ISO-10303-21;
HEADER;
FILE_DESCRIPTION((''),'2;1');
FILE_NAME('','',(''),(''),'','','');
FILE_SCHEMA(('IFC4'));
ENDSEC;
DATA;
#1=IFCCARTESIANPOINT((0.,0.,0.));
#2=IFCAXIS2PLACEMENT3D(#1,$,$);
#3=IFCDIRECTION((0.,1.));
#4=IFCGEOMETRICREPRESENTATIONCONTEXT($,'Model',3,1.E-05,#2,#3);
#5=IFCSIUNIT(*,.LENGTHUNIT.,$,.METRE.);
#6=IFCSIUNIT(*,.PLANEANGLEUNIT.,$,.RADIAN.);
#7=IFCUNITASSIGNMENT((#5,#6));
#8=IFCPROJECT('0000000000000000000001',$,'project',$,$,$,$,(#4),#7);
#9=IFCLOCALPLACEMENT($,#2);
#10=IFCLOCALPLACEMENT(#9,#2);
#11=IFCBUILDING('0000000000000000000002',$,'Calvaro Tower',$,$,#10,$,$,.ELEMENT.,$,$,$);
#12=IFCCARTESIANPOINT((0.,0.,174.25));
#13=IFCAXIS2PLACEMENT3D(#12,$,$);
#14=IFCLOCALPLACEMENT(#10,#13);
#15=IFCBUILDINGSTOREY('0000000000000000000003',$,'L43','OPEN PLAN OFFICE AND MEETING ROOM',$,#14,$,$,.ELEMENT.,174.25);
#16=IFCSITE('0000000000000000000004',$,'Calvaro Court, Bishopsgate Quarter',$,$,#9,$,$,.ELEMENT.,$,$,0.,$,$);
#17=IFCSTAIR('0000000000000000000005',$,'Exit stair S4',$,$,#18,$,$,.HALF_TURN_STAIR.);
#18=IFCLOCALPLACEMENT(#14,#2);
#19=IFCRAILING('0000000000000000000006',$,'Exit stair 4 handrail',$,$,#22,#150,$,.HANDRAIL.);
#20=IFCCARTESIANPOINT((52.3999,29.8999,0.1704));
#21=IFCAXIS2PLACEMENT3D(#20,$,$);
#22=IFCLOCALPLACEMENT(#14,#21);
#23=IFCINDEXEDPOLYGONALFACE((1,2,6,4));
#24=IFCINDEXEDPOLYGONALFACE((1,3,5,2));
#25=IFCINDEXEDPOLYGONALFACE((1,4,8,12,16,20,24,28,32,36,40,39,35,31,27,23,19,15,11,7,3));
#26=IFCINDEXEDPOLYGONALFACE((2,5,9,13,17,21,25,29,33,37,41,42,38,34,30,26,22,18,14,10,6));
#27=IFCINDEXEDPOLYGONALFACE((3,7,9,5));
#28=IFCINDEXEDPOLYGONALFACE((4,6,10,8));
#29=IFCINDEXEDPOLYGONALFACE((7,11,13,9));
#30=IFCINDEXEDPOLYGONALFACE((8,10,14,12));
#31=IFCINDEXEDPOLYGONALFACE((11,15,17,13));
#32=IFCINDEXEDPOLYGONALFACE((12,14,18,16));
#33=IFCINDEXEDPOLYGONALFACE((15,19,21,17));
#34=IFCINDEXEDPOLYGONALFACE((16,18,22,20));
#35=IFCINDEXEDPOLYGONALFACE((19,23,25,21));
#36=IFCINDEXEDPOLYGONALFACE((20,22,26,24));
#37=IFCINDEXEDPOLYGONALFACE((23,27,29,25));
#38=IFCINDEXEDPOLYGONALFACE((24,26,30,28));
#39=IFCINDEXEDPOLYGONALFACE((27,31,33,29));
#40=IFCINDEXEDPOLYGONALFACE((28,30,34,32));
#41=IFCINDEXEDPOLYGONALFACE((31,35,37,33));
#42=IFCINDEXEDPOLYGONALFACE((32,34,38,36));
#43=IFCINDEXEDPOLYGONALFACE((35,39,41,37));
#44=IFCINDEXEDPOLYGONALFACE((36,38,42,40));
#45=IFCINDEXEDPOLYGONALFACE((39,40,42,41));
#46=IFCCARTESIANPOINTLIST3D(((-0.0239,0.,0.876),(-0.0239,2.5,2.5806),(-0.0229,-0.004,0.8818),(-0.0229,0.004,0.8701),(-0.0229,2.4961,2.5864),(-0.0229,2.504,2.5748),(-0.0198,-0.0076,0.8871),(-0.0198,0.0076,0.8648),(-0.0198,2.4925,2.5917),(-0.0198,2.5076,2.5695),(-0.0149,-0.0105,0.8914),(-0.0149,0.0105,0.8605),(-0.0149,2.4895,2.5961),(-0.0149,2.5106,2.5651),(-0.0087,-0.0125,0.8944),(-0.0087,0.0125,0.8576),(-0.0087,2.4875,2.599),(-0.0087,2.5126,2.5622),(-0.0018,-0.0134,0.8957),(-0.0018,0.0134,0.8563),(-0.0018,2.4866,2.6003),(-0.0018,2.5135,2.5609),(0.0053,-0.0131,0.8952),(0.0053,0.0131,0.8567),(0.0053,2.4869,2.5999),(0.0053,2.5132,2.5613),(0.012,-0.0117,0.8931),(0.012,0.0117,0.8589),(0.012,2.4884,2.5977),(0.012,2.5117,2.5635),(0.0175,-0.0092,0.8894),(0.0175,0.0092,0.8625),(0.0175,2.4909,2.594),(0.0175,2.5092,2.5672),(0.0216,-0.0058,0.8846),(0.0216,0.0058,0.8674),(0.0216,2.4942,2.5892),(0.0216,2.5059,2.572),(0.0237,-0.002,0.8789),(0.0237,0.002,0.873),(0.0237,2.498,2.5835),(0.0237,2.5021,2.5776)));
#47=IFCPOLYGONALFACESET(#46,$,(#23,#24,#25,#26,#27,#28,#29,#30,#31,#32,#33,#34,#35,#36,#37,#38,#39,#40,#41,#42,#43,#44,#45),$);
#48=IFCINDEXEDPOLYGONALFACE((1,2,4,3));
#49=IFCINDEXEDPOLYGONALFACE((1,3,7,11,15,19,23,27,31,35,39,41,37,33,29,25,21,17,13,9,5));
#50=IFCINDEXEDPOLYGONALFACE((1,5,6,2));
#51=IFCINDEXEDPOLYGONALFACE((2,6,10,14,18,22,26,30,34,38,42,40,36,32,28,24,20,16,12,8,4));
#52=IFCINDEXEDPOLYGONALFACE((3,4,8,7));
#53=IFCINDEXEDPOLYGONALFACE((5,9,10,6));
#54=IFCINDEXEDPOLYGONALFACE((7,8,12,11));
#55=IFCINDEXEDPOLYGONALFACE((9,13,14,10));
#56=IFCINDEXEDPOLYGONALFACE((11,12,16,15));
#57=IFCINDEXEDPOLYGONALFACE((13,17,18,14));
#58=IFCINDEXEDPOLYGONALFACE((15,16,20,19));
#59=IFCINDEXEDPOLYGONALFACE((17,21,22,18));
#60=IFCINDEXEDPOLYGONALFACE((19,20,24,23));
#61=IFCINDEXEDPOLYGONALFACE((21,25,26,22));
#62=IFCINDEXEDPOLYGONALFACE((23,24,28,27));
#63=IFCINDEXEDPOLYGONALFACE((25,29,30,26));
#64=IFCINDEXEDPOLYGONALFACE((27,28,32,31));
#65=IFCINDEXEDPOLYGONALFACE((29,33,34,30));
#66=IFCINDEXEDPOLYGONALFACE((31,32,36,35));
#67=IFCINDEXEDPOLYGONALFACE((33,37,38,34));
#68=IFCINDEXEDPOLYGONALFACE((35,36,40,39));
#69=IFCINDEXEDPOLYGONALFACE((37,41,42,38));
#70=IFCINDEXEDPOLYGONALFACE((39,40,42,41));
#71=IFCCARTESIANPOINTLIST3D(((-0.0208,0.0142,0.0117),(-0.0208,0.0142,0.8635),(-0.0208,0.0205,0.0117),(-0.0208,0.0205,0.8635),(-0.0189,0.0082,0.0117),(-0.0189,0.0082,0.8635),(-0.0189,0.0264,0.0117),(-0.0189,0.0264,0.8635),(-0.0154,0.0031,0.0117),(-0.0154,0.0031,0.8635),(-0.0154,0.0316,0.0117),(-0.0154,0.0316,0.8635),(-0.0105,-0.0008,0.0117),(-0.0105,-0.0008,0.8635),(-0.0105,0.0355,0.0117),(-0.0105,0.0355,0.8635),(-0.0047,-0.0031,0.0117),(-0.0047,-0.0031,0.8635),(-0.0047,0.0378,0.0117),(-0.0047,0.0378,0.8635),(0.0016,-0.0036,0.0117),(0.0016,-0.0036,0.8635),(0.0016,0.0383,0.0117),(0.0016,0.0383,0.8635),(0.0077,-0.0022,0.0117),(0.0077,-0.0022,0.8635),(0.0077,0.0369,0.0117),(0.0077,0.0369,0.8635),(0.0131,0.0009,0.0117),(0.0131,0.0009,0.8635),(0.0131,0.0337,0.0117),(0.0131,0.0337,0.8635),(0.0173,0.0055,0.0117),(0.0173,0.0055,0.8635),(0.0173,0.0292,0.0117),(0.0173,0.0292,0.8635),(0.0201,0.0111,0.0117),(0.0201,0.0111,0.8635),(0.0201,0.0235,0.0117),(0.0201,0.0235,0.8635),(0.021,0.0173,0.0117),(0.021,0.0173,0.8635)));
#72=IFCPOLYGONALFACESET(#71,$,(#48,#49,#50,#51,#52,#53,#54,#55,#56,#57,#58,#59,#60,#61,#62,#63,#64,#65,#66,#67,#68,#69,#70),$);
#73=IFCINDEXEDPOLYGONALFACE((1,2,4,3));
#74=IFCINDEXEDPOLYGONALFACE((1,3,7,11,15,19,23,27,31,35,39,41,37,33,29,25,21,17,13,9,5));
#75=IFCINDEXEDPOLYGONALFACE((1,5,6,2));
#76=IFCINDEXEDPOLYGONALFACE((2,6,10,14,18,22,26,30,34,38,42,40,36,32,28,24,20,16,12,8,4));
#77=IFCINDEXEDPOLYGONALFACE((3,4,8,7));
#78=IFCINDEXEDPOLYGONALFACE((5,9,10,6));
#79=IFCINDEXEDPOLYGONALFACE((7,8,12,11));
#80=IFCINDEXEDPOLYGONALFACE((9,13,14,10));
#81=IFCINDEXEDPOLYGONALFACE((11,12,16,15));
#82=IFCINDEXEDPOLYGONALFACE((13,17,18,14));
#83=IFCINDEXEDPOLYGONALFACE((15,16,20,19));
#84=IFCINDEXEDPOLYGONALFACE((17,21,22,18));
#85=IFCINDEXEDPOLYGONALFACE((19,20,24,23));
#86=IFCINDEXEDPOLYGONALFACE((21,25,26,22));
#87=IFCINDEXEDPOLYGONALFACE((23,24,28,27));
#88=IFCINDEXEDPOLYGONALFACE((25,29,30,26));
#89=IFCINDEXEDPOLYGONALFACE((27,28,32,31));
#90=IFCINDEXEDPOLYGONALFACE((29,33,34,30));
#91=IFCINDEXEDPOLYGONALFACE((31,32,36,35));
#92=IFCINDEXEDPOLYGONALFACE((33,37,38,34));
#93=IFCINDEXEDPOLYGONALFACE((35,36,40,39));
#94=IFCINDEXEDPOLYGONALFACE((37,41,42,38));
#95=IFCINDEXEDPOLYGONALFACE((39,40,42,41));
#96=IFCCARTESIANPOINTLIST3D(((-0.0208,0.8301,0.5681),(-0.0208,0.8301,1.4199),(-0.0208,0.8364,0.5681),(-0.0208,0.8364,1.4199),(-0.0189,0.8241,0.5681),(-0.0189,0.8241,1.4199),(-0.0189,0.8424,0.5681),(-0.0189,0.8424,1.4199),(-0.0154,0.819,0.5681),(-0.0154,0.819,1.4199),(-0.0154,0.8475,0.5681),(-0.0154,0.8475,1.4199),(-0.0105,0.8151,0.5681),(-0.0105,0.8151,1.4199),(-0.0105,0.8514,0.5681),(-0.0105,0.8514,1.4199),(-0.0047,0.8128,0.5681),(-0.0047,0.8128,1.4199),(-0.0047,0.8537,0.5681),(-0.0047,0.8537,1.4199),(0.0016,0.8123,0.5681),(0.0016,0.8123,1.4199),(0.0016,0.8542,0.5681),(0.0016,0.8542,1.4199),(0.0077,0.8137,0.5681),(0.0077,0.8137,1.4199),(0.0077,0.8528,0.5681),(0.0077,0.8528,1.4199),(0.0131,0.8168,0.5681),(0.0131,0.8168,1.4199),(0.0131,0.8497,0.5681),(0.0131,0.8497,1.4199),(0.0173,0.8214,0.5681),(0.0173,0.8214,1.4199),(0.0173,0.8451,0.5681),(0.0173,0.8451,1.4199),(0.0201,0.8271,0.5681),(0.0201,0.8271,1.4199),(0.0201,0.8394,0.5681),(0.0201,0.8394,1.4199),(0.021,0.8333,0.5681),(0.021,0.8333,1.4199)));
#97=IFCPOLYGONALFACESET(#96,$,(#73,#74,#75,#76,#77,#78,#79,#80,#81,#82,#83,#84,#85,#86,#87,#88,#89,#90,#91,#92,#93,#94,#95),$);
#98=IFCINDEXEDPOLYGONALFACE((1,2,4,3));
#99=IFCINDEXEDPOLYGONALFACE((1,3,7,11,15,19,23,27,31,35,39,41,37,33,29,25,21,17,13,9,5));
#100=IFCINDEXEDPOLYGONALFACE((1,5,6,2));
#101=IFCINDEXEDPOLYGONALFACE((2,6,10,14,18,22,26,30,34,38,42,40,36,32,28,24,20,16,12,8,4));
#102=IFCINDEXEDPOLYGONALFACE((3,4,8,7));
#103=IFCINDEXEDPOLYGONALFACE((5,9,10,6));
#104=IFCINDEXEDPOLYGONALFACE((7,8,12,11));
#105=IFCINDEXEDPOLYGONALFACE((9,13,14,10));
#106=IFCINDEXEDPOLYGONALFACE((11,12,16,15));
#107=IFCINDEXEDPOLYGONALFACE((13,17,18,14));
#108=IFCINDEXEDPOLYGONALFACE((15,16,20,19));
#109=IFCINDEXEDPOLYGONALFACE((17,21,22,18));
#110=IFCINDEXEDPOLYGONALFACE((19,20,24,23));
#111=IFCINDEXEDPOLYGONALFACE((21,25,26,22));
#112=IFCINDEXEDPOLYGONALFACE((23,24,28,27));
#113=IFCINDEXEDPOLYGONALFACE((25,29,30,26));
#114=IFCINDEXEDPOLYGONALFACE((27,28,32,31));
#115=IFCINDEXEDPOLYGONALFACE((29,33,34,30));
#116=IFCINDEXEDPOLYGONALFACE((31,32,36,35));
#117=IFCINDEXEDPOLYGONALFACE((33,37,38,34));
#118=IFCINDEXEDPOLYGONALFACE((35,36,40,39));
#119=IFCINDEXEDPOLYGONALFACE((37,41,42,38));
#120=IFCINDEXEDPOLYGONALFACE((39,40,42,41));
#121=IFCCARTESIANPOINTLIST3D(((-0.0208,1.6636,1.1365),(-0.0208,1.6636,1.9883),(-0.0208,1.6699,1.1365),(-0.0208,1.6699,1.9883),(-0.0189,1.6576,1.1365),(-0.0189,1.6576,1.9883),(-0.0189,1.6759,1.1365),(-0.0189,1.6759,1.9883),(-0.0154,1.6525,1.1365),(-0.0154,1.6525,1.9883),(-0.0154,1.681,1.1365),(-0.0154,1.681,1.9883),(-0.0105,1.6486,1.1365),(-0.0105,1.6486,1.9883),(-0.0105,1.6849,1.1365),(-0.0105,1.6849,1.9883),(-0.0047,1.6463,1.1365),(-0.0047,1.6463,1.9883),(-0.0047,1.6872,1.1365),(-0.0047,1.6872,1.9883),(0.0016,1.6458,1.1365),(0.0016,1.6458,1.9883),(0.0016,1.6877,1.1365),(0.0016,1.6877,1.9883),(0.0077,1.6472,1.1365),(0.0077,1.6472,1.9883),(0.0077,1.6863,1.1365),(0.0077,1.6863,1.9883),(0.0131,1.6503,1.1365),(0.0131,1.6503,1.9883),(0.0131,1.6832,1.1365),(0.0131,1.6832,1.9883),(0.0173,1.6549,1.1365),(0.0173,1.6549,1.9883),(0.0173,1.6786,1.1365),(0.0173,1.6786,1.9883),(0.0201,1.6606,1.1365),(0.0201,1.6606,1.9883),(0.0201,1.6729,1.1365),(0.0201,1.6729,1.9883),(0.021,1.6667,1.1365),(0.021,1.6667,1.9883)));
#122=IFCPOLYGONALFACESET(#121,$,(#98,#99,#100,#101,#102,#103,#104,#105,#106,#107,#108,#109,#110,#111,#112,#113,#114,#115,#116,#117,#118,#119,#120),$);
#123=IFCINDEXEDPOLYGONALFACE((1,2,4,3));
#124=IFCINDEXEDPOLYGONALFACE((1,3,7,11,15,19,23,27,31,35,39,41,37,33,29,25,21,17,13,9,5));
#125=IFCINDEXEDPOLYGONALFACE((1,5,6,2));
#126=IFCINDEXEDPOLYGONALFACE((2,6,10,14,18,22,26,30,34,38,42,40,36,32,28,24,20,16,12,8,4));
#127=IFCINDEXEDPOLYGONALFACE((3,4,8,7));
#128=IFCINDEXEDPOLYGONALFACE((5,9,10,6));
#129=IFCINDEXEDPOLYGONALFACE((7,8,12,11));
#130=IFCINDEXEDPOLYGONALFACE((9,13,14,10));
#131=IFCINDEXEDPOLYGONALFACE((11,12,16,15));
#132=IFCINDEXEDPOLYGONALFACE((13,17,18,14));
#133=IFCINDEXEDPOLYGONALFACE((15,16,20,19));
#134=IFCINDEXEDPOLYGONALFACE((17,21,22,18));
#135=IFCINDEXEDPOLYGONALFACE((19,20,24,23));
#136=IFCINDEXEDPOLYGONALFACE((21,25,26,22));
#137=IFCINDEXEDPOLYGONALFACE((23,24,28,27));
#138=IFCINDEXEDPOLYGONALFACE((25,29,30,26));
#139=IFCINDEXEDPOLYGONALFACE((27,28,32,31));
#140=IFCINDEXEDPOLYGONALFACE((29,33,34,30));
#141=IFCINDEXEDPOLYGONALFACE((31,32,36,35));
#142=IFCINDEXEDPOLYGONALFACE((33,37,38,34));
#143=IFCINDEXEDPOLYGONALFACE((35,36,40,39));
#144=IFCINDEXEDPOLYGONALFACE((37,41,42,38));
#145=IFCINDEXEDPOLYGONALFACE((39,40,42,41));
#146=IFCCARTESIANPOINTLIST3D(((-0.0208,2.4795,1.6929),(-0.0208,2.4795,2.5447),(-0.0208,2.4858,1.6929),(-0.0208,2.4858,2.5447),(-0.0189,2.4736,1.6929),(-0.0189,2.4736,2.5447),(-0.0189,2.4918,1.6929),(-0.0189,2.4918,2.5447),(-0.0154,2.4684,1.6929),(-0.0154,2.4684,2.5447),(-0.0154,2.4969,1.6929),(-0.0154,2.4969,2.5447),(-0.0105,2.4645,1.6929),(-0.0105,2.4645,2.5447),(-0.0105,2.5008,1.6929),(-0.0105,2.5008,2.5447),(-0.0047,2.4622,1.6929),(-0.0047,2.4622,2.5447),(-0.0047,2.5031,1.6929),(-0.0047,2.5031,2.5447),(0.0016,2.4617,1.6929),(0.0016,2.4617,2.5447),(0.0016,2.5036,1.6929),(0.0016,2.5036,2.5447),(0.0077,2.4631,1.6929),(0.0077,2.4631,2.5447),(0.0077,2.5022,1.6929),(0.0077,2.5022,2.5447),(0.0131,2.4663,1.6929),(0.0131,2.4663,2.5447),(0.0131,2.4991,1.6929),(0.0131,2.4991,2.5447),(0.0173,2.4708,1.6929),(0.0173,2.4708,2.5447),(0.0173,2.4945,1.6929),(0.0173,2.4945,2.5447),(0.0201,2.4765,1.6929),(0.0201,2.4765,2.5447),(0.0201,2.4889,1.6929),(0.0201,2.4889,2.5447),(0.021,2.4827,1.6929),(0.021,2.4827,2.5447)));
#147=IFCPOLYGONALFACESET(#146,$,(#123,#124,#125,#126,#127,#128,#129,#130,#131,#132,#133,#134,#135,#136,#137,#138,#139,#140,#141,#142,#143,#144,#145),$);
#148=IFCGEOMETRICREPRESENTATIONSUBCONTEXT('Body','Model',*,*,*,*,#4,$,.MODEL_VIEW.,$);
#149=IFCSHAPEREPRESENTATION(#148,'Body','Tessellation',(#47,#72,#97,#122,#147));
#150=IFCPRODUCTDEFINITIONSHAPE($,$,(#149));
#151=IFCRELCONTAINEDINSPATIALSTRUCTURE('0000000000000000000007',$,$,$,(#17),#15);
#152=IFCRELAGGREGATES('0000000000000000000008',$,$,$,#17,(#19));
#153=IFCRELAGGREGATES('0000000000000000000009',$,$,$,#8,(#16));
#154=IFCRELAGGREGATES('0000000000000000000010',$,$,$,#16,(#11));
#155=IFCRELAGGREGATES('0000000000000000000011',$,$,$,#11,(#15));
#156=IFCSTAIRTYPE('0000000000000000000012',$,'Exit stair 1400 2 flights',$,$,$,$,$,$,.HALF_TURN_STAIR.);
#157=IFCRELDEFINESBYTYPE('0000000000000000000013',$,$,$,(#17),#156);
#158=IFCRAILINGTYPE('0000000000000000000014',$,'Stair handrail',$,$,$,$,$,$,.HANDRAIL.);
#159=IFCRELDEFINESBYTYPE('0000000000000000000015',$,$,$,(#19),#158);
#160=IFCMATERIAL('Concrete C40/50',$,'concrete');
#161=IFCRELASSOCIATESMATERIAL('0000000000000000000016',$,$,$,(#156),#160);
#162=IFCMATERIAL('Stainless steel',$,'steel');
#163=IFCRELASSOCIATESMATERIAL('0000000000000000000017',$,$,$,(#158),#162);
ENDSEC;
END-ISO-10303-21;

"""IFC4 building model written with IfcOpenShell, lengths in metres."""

from ifc_helpers import new_model, si_unit, direction, frame, origin, origin_2d, place, context, subcontext, project, spatial, circle, extrude, material, type_object, element, aggregate, save


model = new_model("IFC4")

# Units and contexts
model_context = context("Model", 3, precision=1e-05, world=origin(), true_north=direction((0.0, 1.0)))
body_context = subcontext(model_context, "Body", "Model", "MODEL_VIEW")
ifc_project = project(units=[si_unit("LENGTHUNIT", "METRE"), si_unit("PLANEANGLEUNIT", "RADIAN")], contexts=[model_context])

# Site, building, storey
site_placement = place(None, origin())
site = spatial("IfcSite", under=ifc_project, at=site_placement, Name="Calvaro Court, Bishopsgate Quarter", CompositionType="ELEMENT", RefElevation=0.0)
building_placement = place(site_placement, origin())
building = spatial("IfcBuilding", under=site, at=building_placement, Name="Calvaro Tower", CompositionType="ELEMENT")
storey_placement = place(building_placement, frame((0.0, 0.0, 174.25)))
storey = spatial("IfcBuildingStorey", under=building, at=storey_placement, Name="L43", Description="OPEN PLAN OFFICE AND MEETING ROOM", CompositionType="ELEMENT", Elevation=174.25)

# Stair
ifc_material_1 = material(Name="Concrete C40/50", Category="concrete")
stair_type = type_object("IfcStairType", Name="Exit stair 1400 2 flights", PredefinedType="HALF_TURN_STAIR", material=ifc_material_1)
stair_1_placement = place(storey_placement, origin())
stair_1 = element("IfcStair", 1, at=stair_1_placement, inside=storey, type_object=stair_type, Name="Exit stair S4", PredefinedType="HALF_TURN_STAIR")

# Railing
ifc_material_2 = material(Name="Stainless steel", Category="steel")
railing_type = type_object("IfcRailingType", Name="Stair handrail", PredefinedType="HANDRAIL", material=ifc_material_2)
railing_1_placement = place(storey_placement, frame((52.3999, 29.8999, 0.1704)))
railing_1 = element("IfcRailing", 2, at=railing_1_placement, type_object=railing_type, Name="Exit stair 4 handrail", PredefinedType="HANDRAIL", context=body_context, shape_type="SweptSolid", body=[
    extrude(circle(Radius=0.0239, at=origin_2d()), frame((0.0, 0.0, 0.876), z_axis=(0.0, 0.826221, 0.563347), x_axis=(-1.0, 0.0, 0.0)), (0.0, 0.0, 1.0), 3.0259),
    extrude(circle(Radius=0.021, at=origin_2d()), frame((0.0, 0.0173, 0.0117)), (0.0, 0.0, 1.0), 0.8518),
    extrude(circle(Radius=0.021, at=origin_2d()), frame((0.0, 0.8333, 0.5681)), (0.0, 0.0, 1.0), 0.8518),
    extrude(circle(Radius=0.021, at=origin_2d()), frame((0.0, 1.6667, 1.1365)), (0.0, 0.0, 1.0), 0.8518),
    extrude(circle(Radius=0.021, at=origin_2d()), frame((0.0, 2.4827, 1.6929)), (0.0, 0.0, 1.0), 0.8518),
])
aggregate(stair_1, [railing_1])

save(model, "model.ifc")
